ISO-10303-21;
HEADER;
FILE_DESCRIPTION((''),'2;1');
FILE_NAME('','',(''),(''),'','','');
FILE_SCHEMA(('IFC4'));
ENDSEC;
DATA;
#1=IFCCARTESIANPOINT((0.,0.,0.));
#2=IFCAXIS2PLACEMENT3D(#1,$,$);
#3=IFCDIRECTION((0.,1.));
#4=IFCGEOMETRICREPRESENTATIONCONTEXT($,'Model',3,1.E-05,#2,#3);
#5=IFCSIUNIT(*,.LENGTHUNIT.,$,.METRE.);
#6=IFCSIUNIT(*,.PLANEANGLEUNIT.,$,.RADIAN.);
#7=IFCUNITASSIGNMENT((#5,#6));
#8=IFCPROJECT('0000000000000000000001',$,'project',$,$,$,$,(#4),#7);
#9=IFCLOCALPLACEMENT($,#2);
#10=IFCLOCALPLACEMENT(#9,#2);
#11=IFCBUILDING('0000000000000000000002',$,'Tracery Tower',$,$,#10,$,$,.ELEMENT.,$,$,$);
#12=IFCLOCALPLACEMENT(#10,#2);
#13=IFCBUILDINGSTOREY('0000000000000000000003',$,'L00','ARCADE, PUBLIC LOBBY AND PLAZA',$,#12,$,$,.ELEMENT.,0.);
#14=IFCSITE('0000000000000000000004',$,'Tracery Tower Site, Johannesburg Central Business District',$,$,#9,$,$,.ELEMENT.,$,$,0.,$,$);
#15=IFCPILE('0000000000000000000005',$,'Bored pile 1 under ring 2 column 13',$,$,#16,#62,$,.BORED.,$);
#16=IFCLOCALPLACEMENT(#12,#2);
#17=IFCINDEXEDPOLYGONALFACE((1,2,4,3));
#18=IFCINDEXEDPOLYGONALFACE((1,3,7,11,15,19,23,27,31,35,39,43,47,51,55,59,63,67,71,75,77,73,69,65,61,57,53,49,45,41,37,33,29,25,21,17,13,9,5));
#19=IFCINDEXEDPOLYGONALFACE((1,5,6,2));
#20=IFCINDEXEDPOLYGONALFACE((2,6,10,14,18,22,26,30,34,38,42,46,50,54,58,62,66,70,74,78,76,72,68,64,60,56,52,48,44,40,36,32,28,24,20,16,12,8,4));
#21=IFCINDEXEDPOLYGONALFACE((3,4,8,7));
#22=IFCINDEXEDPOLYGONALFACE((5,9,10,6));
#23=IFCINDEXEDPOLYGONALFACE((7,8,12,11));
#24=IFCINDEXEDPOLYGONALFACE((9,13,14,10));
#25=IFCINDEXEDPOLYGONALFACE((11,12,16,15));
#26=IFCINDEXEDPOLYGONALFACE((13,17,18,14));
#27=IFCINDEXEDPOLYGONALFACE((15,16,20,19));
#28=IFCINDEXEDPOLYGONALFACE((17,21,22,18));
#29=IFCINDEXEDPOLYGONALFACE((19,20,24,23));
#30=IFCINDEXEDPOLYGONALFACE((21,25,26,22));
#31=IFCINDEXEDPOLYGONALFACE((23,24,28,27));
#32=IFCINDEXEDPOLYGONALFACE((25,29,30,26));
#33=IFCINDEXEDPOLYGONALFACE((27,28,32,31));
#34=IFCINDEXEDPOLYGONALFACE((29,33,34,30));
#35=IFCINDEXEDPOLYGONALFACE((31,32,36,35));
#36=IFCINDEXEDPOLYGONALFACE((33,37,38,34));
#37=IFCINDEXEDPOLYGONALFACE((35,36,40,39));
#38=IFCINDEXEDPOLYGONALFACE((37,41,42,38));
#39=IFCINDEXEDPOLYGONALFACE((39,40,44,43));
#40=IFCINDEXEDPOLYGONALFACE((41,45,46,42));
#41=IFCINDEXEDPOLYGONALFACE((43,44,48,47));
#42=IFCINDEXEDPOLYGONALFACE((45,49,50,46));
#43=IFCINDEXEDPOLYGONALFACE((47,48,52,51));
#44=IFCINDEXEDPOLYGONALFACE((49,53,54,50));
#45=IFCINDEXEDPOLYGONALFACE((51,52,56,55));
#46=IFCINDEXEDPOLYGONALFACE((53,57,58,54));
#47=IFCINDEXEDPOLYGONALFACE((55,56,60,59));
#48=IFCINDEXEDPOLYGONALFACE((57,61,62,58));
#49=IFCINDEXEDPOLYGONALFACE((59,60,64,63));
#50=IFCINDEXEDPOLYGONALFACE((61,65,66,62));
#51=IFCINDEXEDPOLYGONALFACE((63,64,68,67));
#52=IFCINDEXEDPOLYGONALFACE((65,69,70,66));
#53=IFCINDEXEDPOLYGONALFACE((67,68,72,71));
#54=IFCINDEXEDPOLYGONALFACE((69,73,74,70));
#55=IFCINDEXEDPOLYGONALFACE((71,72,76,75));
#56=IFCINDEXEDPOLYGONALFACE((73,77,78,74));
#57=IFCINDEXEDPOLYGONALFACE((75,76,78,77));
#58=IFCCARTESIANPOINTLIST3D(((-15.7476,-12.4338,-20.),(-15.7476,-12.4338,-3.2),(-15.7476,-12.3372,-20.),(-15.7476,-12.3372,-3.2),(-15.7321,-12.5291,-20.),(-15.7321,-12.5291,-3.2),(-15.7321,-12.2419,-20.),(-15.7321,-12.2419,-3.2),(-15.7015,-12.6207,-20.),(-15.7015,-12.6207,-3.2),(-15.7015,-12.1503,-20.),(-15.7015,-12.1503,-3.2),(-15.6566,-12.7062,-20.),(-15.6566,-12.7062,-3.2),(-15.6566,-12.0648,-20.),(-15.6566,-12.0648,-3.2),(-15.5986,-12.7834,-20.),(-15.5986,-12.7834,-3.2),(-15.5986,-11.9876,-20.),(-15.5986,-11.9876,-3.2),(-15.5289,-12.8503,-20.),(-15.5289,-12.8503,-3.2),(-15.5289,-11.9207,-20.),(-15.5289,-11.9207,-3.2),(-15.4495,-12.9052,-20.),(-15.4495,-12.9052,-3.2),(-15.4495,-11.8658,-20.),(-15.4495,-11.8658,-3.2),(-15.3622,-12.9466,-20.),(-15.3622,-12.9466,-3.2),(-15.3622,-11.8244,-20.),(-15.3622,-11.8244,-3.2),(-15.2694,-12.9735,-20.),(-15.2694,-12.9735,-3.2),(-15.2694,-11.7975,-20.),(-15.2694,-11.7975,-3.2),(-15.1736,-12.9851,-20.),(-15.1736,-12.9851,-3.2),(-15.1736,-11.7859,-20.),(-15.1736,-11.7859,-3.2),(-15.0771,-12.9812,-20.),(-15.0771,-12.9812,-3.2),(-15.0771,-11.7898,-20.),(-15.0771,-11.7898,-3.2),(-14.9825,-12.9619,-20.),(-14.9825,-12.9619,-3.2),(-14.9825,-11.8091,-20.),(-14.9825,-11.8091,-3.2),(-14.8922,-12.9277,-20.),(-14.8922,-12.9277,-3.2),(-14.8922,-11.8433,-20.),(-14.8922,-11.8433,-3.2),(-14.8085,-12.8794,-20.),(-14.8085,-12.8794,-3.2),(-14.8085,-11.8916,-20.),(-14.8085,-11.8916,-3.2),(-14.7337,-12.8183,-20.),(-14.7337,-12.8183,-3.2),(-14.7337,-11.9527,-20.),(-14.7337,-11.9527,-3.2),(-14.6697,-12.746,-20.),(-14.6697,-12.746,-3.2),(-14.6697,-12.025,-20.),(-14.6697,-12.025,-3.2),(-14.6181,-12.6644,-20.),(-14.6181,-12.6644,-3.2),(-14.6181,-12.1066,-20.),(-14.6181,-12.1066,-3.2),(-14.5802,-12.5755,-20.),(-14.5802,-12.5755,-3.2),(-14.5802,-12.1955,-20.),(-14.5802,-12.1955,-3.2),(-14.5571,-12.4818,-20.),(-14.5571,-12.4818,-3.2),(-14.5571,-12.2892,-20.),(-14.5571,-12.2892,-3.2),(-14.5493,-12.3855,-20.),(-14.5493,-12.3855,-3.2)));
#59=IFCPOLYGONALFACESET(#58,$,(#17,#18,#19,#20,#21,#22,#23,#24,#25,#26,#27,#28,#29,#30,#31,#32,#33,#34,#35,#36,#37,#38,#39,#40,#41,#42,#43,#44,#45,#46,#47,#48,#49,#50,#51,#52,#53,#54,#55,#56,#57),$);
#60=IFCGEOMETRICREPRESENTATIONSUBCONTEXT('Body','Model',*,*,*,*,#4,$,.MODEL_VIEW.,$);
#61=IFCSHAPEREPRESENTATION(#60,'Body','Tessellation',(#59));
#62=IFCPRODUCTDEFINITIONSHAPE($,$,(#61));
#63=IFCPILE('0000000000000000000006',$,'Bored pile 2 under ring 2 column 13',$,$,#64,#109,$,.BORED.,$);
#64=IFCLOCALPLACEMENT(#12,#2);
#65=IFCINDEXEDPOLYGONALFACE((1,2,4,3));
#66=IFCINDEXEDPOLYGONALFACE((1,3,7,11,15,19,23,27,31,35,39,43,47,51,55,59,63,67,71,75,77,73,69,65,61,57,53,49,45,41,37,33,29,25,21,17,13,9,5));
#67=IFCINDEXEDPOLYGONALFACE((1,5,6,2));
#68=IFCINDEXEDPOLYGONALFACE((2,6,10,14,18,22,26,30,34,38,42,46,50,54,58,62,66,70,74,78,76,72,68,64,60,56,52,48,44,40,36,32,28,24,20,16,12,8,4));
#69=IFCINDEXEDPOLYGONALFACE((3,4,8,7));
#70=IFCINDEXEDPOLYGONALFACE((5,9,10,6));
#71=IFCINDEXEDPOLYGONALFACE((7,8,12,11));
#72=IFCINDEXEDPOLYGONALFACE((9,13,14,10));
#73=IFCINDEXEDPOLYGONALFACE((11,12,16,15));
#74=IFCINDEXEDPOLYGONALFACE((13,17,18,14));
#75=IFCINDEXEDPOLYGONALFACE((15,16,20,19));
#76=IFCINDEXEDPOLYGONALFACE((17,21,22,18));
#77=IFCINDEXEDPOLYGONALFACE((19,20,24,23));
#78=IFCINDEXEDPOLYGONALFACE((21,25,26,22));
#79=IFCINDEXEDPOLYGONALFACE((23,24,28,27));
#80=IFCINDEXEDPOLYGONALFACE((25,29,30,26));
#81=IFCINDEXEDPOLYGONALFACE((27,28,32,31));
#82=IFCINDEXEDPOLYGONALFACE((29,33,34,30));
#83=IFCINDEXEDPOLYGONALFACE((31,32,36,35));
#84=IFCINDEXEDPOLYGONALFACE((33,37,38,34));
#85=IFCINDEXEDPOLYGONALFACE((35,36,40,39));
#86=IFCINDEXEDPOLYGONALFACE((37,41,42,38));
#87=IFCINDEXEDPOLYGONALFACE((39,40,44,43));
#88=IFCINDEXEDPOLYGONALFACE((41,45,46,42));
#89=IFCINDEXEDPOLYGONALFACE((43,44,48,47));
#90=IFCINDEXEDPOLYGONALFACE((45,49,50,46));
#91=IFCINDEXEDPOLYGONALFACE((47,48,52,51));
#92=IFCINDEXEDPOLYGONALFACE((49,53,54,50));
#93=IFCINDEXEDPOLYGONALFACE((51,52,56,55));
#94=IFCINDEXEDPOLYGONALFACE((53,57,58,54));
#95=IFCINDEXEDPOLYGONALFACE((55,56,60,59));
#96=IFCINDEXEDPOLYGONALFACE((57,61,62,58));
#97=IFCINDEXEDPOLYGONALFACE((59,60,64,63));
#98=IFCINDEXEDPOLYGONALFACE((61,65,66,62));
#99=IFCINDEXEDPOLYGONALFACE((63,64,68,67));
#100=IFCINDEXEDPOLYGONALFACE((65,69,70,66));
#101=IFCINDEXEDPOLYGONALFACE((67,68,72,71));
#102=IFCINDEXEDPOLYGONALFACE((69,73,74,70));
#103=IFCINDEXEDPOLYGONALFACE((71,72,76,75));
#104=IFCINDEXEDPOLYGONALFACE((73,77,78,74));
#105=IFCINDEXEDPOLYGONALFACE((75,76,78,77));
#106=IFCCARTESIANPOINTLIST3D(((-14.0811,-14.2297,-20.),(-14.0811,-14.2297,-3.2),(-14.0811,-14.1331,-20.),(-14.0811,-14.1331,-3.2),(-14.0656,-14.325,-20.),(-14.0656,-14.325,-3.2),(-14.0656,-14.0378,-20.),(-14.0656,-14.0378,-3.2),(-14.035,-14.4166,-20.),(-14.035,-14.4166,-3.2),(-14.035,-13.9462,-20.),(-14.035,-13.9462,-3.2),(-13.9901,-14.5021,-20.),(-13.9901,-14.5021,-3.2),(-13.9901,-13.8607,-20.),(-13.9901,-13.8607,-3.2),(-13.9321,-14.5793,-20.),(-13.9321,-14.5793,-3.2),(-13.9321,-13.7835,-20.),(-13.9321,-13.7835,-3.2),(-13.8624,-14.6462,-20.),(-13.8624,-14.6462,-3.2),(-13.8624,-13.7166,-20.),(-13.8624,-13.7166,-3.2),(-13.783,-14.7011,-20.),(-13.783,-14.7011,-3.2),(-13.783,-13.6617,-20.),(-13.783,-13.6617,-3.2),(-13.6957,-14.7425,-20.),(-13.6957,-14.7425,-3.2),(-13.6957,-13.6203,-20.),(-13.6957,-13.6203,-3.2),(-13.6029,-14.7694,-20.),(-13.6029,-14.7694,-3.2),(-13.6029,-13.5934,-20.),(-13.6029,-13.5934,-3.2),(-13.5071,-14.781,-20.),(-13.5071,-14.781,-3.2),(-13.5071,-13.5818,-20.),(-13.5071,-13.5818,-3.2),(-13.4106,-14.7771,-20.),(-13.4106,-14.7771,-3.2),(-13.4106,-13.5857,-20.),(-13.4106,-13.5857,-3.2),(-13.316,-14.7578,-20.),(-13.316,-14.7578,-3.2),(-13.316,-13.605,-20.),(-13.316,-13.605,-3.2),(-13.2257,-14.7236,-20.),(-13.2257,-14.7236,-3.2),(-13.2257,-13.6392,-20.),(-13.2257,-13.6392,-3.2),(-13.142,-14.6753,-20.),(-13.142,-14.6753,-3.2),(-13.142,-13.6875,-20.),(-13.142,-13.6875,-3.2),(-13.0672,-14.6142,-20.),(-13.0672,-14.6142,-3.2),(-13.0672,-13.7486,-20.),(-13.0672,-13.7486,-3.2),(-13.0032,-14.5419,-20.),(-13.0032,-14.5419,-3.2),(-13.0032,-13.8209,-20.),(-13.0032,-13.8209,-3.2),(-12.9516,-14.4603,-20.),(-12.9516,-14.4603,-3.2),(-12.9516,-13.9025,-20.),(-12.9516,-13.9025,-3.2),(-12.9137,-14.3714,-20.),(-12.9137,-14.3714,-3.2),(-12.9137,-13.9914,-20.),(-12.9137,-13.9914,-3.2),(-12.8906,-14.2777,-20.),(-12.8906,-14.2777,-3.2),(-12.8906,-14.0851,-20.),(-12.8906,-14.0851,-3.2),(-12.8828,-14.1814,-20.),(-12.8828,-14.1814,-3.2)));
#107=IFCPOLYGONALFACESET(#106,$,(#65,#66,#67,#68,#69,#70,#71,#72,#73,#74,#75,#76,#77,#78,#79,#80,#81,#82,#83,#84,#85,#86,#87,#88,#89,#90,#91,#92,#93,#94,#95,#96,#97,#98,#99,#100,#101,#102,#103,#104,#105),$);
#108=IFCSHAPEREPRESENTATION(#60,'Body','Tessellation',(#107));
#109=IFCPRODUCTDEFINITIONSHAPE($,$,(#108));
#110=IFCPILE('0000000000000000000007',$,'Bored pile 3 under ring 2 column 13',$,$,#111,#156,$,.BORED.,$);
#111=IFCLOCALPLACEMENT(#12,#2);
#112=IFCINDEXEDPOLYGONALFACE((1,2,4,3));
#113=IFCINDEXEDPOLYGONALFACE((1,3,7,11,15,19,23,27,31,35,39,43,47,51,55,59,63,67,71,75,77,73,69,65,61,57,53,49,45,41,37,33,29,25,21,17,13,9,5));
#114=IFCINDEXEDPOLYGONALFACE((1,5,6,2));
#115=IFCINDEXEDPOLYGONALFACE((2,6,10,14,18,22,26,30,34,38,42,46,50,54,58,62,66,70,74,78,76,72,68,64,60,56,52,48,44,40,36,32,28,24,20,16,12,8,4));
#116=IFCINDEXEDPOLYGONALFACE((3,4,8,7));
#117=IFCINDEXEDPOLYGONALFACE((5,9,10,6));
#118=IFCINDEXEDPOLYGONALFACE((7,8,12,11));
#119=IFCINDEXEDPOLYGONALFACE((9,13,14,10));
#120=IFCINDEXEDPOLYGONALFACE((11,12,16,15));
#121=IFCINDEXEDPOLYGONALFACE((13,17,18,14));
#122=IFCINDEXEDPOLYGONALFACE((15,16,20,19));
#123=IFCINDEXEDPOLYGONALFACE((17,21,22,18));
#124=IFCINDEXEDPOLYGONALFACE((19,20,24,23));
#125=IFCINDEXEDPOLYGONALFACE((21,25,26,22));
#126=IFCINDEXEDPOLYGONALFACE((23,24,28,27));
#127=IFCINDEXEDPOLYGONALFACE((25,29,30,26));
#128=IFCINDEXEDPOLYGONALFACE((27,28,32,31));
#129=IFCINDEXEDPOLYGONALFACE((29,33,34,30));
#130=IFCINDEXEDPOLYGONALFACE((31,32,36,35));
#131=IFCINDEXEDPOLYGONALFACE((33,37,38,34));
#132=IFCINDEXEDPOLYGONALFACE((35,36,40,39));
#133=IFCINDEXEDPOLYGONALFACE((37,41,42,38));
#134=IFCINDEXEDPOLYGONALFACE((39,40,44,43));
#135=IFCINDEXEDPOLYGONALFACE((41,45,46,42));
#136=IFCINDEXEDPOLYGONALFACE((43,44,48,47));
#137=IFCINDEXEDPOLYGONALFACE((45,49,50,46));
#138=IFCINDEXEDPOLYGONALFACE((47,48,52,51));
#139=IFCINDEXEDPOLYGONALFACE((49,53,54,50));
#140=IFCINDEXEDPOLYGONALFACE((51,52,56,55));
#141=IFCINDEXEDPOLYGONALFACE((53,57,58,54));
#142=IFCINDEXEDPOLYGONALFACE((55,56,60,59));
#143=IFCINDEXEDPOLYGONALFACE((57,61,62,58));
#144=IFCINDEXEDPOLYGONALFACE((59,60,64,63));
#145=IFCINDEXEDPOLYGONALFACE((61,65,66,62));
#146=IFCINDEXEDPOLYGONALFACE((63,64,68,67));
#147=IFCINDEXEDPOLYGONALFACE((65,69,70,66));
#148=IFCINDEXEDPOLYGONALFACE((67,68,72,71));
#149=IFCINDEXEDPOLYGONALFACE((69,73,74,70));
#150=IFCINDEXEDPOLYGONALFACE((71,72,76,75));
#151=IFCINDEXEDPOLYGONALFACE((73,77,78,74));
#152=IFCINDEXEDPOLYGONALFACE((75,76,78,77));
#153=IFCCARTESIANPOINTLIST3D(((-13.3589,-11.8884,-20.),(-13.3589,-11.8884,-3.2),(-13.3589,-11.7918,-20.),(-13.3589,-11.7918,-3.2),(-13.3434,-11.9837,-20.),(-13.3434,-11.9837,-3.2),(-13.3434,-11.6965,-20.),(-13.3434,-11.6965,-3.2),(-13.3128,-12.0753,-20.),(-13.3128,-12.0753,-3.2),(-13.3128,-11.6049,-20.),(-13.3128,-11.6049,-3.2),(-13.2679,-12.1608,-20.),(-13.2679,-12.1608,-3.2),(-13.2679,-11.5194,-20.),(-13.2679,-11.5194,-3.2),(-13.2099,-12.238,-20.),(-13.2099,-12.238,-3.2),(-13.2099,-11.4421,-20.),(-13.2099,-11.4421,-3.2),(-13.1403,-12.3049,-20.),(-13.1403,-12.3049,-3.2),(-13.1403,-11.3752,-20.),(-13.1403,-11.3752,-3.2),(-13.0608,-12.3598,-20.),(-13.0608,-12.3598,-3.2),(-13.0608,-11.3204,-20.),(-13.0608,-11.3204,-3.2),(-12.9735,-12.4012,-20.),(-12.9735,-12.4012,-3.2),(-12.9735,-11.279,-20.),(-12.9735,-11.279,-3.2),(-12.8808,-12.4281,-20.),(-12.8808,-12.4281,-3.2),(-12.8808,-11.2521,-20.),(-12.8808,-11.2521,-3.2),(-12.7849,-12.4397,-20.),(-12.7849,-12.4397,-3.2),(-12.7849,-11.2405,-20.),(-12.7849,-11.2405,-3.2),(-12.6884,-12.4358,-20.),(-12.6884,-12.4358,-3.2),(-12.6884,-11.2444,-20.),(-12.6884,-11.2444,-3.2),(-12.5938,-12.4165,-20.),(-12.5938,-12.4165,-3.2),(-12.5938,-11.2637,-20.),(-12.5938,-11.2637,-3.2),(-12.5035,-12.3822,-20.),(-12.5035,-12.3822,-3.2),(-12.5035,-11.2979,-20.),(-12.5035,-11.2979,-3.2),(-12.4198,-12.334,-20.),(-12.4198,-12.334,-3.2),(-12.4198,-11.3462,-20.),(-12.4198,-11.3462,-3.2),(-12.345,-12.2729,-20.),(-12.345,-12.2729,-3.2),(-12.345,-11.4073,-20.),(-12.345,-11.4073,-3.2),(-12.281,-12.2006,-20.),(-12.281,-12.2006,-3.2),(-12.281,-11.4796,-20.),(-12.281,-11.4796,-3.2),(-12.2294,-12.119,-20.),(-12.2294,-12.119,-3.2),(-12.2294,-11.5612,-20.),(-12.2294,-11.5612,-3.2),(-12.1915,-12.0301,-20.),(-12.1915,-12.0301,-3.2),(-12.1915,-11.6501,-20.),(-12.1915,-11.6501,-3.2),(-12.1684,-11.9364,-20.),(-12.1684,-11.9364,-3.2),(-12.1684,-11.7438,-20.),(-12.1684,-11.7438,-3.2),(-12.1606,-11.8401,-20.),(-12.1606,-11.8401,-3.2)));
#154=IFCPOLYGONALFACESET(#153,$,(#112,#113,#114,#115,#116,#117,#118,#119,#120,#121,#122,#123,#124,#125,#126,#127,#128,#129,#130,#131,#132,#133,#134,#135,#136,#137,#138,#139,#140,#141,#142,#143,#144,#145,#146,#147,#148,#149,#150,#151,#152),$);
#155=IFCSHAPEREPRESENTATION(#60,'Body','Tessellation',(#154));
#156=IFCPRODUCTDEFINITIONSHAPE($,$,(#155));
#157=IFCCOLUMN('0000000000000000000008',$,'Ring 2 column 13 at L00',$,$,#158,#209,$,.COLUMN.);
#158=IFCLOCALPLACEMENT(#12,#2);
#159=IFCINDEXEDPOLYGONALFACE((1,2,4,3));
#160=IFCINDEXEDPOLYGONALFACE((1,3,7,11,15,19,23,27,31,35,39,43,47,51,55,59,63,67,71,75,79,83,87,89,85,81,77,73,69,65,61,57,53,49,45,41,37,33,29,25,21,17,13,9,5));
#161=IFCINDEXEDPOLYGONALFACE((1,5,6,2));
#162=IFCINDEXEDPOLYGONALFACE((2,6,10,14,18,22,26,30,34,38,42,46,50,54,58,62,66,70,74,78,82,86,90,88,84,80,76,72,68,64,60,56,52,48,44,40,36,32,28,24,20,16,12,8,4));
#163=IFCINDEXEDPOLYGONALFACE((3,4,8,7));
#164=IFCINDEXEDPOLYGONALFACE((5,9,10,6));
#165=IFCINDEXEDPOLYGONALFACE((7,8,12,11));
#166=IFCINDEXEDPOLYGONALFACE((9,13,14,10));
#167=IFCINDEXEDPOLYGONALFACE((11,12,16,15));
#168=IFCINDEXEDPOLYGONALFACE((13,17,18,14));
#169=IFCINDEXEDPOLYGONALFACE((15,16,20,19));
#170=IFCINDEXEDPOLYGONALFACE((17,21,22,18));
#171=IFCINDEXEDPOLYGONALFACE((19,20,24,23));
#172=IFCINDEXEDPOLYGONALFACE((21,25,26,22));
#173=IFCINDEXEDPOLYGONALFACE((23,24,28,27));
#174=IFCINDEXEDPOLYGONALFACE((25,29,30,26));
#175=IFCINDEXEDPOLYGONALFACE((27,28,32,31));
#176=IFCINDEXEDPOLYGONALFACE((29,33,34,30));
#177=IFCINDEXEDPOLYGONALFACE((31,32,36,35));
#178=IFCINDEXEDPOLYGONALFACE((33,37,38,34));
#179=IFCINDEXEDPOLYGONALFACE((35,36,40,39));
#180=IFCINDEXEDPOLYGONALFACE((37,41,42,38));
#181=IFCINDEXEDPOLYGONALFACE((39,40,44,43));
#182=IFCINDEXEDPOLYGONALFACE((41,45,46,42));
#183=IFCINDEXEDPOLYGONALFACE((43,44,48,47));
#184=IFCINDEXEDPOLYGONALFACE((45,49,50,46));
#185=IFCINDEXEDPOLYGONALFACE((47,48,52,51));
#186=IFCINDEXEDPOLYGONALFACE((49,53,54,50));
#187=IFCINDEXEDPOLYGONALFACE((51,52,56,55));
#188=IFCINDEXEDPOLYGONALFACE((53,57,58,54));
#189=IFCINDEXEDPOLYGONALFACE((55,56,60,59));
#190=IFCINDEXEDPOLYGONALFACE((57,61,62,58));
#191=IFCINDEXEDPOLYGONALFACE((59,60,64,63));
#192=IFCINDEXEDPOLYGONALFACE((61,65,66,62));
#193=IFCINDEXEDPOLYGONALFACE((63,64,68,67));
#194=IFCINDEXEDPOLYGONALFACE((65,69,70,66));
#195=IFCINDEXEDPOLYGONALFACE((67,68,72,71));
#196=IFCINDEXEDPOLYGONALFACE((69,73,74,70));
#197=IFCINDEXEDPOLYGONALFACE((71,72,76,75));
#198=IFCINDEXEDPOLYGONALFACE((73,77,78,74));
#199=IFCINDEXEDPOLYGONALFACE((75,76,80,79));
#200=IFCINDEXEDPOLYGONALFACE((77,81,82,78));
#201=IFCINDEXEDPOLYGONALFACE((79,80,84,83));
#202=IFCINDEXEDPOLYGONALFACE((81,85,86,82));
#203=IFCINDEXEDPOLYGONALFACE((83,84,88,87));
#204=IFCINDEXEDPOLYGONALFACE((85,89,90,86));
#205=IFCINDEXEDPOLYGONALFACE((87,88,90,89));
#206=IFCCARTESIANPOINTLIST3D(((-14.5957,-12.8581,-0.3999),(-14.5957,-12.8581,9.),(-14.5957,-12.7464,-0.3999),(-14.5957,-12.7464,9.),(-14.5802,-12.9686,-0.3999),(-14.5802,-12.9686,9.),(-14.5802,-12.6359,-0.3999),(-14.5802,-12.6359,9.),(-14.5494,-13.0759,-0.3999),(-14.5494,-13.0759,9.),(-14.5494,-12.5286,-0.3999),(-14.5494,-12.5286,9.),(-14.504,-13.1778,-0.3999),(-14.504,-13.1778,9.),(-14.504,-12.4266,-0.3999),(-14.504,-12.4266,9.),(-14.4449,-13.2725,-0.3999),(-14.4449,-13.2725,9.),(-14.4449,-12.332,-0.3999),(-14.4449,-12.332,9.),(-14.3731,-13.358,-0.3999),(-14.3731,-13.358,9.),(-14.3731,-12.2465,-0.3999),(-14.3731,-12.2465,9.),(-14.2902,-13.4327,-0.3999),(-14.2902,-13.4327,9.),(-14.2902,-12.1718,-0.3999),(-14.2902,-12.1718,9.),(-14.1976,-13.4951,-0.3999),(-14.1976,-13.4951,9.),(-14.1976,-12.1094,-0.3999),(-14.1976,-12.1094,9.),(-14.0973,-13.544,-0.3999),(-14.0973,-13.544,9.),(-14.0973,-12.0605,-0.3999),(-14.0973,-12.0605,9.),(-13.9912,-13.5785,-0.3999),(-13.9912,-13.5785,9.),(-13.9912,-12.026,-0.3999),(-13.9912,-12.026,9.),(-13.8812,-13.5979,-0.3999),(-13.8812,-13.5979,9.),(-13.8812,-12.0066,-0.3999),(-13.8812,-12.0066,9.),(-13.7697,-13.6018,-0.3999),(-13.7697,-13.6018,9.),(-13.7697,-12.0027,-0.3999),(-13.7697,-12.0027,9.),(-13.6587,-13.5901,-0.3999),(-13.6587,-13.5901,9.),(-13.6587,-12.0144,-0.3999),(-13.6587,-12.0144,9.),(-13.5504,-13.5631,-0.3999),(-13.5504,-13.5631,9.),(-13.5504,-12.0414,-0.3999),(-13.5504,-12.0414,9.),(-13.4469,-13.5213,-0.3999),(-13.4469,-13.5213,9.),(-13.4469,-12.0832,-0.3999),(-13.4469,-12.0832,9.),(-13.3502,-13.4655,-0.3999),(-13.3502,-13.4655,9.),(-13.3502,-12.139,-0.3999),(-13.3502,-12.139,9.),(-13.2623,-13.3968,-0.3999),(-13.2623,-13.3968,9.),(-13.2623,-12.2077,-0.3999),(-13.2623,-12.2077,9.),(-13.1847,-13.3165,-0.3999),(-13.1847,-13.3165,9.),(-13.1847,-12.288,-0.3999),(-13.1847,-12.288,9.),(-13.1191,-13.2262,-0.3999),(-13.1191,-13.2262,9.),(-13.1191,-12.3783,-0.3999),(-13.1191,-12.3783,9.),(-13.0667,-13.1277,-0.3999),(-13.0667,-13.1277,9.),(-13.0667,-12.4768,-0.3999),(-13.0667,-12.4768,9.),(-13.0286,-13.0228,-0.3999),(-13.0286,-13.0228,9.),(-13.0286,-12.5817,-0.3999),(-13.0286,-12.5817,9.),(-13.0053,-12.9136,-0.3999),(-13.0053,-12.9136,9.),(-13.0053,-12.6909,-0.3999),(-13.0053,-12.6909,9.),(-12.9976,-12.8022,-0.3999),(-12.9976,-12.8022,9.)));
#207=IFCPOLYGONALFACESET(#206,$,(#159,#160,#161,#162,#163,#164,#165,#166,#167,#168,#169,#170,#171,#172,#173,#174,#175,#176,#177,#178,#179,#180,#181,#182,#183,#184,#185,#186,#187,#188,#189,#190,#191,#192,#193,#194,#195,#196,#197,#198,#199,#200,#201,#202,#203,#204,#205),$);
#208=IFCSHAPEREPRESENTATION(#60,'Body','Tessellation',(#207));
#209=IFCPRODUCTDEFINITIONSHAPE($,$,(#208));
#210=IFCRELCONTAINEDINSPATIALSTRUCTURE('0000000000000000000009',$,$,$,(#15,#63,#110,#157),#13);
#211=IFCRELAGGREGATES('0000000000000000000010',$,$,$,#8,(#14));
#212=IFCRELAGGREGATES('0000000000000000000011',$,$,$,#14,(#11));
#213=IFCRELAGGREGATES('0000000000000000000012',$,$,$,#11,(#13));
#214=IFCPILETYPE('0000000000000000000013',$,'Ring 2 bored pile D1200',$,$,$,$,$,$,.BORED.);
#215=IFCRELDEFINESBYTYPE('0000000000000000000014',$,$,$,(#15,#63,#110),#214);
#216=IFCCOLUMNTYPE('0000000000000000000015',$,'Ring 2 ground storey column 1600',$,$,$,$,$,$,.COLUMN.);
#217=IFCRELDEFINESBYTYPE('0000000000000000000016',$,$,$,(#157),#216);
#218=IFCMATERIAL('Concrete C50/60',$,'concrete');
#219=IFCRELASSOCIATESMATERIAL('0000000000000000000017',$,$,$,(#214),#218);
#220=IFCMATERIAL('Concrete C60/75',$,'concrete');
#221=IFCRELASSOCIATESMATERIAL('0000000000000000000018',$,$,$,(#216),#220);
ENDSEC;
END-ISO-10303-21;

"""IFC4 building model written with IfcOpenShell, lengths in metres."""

from ifc_helpers import new_model, si_unit, direction, frame, origin, origin_2d, place, context, subcontext, project, spatial, circle, extrude, material, material_profile, profile_set, type_object, element, save


model = new_model("IFC4")

# Units and contexts
model_context = context("Model", 3, precision=1e-05, world=origin(), true_north=direction((0.0, 1.0)))
body_context = subcontext(model_context, "Body", "Model", "MODEL_VIEW")
ifc_project = project(units=[si_unit("LENGTHUNIT", "METRE"), si_unit("PLANEANGLEUNIT", "RADIAN")], contexts=[model_context])

# Site, building, storey
site_placement = place(None, origin())
site = spatial("IfcSite", under=ifc_project, at=site_placement, Name="Tracery Tower Site, Johannesburg Central Business District", CompositionType="ELEMENT", RefElevation=0.0)
building_placement = place(site_placement, origin())
building = spatial("IfcBuilding", under=site, at=building_placement, Name="Tracery Tower", CompositionType="ELEMENT")
storey_placement = place(building_placement, origin())
storey = spatial("IfcBuildingStorey", under=building, at=storey_placement, Name="L00", Description="ARCADE, PUBLIC LOBBY AND PLAZA", CompositionType="ELEMENT", Elevation=0.0)

# Piles
ifc_material_1 = material(Name="Concrete C50/60", Category="concrete")
ifc_material_profile_1 = material_profile(ifc_material_1, circle(Radius=0.6001, at=origin_2d()), Name="RC D1200")
ifc_profile_set_1 = profile_set([ifc_material_profile_1], Name="Concrete C50/60")
pile_type = type_object("IfcPileType", Name="Ring 2 bored pile D1200", PredefinedType="BORED", material=ifc_profile_set_1)
for number, where, z_axis, x_axis, name in (
    (1, (-15.1494, -12.3855, -3.2), (0.0, 0.0, -1.0), (1.0, 0.0, 0.0), "Bored pile 1 under ring 2 column 13"),
    (2, (-13.4829, -14.1814, -3.2), (0.0, 0.0, -1.0), (1.0, 0.0, 0.0), "Bored pile 2 under ring 2 column 13"),
    (3, (-12.7607, -11.8401, -3.2), (0.0, 0.0, -1.0), (1.0, 0.0, 0.0), "Bored pile 3 under ring 2 column 13"),
):
    element("IfcPile", number, at=place(storey_placement, frame(where, z_axis=z_axis, x_axis=x_axis)), inside=storey, type_object=pile_type, Name=name, PredefinedType="BORED", context=body_context, shape_type="SweptSolid", body=[
        extrude(circle(Radius=0.6001, at=origin_2d()), origin(), (0.0, 0.0, 1.0), 16.8),
    ])

# Column
ifc_material_2 = material(Name="Concrete C60/75", Category="concrete")
ifc_material_profile_2 = material_profile(ifc_material_2, circle(Radius=0.8, at=origin_2d()), Name="RC D1600")
ifc_profile_set_2 = profile_set([ifc_material_profile_2], Name="Concrete C60/75")
column_type = type_object("IfcColumnType", Name="Ring 2 ground storey column 1600", PredefinedType="COLUMN", material=ifc_profile_set_2)
column_placement = place(storey_placement, frame((-13.7976, -12.8022, -0.3999), z_axis=(0.0, 0.0, 1.0), x_axis=(1.0, 0.0, 0.0)))
element("IfcColumn", 4, at=column_placement, inside=storey, type_object=column_type, Name="Ring 2 column 13 at L00", PredefinedType="COLUMN", context=body_context, shape_type="SweptSolid", body=[
    extrude(circle(Radius=0.8, at=origin_2d()), origin(), (0.0, 0.0, 1.0), 9.3999),
])

save(model, "model.ifc")
